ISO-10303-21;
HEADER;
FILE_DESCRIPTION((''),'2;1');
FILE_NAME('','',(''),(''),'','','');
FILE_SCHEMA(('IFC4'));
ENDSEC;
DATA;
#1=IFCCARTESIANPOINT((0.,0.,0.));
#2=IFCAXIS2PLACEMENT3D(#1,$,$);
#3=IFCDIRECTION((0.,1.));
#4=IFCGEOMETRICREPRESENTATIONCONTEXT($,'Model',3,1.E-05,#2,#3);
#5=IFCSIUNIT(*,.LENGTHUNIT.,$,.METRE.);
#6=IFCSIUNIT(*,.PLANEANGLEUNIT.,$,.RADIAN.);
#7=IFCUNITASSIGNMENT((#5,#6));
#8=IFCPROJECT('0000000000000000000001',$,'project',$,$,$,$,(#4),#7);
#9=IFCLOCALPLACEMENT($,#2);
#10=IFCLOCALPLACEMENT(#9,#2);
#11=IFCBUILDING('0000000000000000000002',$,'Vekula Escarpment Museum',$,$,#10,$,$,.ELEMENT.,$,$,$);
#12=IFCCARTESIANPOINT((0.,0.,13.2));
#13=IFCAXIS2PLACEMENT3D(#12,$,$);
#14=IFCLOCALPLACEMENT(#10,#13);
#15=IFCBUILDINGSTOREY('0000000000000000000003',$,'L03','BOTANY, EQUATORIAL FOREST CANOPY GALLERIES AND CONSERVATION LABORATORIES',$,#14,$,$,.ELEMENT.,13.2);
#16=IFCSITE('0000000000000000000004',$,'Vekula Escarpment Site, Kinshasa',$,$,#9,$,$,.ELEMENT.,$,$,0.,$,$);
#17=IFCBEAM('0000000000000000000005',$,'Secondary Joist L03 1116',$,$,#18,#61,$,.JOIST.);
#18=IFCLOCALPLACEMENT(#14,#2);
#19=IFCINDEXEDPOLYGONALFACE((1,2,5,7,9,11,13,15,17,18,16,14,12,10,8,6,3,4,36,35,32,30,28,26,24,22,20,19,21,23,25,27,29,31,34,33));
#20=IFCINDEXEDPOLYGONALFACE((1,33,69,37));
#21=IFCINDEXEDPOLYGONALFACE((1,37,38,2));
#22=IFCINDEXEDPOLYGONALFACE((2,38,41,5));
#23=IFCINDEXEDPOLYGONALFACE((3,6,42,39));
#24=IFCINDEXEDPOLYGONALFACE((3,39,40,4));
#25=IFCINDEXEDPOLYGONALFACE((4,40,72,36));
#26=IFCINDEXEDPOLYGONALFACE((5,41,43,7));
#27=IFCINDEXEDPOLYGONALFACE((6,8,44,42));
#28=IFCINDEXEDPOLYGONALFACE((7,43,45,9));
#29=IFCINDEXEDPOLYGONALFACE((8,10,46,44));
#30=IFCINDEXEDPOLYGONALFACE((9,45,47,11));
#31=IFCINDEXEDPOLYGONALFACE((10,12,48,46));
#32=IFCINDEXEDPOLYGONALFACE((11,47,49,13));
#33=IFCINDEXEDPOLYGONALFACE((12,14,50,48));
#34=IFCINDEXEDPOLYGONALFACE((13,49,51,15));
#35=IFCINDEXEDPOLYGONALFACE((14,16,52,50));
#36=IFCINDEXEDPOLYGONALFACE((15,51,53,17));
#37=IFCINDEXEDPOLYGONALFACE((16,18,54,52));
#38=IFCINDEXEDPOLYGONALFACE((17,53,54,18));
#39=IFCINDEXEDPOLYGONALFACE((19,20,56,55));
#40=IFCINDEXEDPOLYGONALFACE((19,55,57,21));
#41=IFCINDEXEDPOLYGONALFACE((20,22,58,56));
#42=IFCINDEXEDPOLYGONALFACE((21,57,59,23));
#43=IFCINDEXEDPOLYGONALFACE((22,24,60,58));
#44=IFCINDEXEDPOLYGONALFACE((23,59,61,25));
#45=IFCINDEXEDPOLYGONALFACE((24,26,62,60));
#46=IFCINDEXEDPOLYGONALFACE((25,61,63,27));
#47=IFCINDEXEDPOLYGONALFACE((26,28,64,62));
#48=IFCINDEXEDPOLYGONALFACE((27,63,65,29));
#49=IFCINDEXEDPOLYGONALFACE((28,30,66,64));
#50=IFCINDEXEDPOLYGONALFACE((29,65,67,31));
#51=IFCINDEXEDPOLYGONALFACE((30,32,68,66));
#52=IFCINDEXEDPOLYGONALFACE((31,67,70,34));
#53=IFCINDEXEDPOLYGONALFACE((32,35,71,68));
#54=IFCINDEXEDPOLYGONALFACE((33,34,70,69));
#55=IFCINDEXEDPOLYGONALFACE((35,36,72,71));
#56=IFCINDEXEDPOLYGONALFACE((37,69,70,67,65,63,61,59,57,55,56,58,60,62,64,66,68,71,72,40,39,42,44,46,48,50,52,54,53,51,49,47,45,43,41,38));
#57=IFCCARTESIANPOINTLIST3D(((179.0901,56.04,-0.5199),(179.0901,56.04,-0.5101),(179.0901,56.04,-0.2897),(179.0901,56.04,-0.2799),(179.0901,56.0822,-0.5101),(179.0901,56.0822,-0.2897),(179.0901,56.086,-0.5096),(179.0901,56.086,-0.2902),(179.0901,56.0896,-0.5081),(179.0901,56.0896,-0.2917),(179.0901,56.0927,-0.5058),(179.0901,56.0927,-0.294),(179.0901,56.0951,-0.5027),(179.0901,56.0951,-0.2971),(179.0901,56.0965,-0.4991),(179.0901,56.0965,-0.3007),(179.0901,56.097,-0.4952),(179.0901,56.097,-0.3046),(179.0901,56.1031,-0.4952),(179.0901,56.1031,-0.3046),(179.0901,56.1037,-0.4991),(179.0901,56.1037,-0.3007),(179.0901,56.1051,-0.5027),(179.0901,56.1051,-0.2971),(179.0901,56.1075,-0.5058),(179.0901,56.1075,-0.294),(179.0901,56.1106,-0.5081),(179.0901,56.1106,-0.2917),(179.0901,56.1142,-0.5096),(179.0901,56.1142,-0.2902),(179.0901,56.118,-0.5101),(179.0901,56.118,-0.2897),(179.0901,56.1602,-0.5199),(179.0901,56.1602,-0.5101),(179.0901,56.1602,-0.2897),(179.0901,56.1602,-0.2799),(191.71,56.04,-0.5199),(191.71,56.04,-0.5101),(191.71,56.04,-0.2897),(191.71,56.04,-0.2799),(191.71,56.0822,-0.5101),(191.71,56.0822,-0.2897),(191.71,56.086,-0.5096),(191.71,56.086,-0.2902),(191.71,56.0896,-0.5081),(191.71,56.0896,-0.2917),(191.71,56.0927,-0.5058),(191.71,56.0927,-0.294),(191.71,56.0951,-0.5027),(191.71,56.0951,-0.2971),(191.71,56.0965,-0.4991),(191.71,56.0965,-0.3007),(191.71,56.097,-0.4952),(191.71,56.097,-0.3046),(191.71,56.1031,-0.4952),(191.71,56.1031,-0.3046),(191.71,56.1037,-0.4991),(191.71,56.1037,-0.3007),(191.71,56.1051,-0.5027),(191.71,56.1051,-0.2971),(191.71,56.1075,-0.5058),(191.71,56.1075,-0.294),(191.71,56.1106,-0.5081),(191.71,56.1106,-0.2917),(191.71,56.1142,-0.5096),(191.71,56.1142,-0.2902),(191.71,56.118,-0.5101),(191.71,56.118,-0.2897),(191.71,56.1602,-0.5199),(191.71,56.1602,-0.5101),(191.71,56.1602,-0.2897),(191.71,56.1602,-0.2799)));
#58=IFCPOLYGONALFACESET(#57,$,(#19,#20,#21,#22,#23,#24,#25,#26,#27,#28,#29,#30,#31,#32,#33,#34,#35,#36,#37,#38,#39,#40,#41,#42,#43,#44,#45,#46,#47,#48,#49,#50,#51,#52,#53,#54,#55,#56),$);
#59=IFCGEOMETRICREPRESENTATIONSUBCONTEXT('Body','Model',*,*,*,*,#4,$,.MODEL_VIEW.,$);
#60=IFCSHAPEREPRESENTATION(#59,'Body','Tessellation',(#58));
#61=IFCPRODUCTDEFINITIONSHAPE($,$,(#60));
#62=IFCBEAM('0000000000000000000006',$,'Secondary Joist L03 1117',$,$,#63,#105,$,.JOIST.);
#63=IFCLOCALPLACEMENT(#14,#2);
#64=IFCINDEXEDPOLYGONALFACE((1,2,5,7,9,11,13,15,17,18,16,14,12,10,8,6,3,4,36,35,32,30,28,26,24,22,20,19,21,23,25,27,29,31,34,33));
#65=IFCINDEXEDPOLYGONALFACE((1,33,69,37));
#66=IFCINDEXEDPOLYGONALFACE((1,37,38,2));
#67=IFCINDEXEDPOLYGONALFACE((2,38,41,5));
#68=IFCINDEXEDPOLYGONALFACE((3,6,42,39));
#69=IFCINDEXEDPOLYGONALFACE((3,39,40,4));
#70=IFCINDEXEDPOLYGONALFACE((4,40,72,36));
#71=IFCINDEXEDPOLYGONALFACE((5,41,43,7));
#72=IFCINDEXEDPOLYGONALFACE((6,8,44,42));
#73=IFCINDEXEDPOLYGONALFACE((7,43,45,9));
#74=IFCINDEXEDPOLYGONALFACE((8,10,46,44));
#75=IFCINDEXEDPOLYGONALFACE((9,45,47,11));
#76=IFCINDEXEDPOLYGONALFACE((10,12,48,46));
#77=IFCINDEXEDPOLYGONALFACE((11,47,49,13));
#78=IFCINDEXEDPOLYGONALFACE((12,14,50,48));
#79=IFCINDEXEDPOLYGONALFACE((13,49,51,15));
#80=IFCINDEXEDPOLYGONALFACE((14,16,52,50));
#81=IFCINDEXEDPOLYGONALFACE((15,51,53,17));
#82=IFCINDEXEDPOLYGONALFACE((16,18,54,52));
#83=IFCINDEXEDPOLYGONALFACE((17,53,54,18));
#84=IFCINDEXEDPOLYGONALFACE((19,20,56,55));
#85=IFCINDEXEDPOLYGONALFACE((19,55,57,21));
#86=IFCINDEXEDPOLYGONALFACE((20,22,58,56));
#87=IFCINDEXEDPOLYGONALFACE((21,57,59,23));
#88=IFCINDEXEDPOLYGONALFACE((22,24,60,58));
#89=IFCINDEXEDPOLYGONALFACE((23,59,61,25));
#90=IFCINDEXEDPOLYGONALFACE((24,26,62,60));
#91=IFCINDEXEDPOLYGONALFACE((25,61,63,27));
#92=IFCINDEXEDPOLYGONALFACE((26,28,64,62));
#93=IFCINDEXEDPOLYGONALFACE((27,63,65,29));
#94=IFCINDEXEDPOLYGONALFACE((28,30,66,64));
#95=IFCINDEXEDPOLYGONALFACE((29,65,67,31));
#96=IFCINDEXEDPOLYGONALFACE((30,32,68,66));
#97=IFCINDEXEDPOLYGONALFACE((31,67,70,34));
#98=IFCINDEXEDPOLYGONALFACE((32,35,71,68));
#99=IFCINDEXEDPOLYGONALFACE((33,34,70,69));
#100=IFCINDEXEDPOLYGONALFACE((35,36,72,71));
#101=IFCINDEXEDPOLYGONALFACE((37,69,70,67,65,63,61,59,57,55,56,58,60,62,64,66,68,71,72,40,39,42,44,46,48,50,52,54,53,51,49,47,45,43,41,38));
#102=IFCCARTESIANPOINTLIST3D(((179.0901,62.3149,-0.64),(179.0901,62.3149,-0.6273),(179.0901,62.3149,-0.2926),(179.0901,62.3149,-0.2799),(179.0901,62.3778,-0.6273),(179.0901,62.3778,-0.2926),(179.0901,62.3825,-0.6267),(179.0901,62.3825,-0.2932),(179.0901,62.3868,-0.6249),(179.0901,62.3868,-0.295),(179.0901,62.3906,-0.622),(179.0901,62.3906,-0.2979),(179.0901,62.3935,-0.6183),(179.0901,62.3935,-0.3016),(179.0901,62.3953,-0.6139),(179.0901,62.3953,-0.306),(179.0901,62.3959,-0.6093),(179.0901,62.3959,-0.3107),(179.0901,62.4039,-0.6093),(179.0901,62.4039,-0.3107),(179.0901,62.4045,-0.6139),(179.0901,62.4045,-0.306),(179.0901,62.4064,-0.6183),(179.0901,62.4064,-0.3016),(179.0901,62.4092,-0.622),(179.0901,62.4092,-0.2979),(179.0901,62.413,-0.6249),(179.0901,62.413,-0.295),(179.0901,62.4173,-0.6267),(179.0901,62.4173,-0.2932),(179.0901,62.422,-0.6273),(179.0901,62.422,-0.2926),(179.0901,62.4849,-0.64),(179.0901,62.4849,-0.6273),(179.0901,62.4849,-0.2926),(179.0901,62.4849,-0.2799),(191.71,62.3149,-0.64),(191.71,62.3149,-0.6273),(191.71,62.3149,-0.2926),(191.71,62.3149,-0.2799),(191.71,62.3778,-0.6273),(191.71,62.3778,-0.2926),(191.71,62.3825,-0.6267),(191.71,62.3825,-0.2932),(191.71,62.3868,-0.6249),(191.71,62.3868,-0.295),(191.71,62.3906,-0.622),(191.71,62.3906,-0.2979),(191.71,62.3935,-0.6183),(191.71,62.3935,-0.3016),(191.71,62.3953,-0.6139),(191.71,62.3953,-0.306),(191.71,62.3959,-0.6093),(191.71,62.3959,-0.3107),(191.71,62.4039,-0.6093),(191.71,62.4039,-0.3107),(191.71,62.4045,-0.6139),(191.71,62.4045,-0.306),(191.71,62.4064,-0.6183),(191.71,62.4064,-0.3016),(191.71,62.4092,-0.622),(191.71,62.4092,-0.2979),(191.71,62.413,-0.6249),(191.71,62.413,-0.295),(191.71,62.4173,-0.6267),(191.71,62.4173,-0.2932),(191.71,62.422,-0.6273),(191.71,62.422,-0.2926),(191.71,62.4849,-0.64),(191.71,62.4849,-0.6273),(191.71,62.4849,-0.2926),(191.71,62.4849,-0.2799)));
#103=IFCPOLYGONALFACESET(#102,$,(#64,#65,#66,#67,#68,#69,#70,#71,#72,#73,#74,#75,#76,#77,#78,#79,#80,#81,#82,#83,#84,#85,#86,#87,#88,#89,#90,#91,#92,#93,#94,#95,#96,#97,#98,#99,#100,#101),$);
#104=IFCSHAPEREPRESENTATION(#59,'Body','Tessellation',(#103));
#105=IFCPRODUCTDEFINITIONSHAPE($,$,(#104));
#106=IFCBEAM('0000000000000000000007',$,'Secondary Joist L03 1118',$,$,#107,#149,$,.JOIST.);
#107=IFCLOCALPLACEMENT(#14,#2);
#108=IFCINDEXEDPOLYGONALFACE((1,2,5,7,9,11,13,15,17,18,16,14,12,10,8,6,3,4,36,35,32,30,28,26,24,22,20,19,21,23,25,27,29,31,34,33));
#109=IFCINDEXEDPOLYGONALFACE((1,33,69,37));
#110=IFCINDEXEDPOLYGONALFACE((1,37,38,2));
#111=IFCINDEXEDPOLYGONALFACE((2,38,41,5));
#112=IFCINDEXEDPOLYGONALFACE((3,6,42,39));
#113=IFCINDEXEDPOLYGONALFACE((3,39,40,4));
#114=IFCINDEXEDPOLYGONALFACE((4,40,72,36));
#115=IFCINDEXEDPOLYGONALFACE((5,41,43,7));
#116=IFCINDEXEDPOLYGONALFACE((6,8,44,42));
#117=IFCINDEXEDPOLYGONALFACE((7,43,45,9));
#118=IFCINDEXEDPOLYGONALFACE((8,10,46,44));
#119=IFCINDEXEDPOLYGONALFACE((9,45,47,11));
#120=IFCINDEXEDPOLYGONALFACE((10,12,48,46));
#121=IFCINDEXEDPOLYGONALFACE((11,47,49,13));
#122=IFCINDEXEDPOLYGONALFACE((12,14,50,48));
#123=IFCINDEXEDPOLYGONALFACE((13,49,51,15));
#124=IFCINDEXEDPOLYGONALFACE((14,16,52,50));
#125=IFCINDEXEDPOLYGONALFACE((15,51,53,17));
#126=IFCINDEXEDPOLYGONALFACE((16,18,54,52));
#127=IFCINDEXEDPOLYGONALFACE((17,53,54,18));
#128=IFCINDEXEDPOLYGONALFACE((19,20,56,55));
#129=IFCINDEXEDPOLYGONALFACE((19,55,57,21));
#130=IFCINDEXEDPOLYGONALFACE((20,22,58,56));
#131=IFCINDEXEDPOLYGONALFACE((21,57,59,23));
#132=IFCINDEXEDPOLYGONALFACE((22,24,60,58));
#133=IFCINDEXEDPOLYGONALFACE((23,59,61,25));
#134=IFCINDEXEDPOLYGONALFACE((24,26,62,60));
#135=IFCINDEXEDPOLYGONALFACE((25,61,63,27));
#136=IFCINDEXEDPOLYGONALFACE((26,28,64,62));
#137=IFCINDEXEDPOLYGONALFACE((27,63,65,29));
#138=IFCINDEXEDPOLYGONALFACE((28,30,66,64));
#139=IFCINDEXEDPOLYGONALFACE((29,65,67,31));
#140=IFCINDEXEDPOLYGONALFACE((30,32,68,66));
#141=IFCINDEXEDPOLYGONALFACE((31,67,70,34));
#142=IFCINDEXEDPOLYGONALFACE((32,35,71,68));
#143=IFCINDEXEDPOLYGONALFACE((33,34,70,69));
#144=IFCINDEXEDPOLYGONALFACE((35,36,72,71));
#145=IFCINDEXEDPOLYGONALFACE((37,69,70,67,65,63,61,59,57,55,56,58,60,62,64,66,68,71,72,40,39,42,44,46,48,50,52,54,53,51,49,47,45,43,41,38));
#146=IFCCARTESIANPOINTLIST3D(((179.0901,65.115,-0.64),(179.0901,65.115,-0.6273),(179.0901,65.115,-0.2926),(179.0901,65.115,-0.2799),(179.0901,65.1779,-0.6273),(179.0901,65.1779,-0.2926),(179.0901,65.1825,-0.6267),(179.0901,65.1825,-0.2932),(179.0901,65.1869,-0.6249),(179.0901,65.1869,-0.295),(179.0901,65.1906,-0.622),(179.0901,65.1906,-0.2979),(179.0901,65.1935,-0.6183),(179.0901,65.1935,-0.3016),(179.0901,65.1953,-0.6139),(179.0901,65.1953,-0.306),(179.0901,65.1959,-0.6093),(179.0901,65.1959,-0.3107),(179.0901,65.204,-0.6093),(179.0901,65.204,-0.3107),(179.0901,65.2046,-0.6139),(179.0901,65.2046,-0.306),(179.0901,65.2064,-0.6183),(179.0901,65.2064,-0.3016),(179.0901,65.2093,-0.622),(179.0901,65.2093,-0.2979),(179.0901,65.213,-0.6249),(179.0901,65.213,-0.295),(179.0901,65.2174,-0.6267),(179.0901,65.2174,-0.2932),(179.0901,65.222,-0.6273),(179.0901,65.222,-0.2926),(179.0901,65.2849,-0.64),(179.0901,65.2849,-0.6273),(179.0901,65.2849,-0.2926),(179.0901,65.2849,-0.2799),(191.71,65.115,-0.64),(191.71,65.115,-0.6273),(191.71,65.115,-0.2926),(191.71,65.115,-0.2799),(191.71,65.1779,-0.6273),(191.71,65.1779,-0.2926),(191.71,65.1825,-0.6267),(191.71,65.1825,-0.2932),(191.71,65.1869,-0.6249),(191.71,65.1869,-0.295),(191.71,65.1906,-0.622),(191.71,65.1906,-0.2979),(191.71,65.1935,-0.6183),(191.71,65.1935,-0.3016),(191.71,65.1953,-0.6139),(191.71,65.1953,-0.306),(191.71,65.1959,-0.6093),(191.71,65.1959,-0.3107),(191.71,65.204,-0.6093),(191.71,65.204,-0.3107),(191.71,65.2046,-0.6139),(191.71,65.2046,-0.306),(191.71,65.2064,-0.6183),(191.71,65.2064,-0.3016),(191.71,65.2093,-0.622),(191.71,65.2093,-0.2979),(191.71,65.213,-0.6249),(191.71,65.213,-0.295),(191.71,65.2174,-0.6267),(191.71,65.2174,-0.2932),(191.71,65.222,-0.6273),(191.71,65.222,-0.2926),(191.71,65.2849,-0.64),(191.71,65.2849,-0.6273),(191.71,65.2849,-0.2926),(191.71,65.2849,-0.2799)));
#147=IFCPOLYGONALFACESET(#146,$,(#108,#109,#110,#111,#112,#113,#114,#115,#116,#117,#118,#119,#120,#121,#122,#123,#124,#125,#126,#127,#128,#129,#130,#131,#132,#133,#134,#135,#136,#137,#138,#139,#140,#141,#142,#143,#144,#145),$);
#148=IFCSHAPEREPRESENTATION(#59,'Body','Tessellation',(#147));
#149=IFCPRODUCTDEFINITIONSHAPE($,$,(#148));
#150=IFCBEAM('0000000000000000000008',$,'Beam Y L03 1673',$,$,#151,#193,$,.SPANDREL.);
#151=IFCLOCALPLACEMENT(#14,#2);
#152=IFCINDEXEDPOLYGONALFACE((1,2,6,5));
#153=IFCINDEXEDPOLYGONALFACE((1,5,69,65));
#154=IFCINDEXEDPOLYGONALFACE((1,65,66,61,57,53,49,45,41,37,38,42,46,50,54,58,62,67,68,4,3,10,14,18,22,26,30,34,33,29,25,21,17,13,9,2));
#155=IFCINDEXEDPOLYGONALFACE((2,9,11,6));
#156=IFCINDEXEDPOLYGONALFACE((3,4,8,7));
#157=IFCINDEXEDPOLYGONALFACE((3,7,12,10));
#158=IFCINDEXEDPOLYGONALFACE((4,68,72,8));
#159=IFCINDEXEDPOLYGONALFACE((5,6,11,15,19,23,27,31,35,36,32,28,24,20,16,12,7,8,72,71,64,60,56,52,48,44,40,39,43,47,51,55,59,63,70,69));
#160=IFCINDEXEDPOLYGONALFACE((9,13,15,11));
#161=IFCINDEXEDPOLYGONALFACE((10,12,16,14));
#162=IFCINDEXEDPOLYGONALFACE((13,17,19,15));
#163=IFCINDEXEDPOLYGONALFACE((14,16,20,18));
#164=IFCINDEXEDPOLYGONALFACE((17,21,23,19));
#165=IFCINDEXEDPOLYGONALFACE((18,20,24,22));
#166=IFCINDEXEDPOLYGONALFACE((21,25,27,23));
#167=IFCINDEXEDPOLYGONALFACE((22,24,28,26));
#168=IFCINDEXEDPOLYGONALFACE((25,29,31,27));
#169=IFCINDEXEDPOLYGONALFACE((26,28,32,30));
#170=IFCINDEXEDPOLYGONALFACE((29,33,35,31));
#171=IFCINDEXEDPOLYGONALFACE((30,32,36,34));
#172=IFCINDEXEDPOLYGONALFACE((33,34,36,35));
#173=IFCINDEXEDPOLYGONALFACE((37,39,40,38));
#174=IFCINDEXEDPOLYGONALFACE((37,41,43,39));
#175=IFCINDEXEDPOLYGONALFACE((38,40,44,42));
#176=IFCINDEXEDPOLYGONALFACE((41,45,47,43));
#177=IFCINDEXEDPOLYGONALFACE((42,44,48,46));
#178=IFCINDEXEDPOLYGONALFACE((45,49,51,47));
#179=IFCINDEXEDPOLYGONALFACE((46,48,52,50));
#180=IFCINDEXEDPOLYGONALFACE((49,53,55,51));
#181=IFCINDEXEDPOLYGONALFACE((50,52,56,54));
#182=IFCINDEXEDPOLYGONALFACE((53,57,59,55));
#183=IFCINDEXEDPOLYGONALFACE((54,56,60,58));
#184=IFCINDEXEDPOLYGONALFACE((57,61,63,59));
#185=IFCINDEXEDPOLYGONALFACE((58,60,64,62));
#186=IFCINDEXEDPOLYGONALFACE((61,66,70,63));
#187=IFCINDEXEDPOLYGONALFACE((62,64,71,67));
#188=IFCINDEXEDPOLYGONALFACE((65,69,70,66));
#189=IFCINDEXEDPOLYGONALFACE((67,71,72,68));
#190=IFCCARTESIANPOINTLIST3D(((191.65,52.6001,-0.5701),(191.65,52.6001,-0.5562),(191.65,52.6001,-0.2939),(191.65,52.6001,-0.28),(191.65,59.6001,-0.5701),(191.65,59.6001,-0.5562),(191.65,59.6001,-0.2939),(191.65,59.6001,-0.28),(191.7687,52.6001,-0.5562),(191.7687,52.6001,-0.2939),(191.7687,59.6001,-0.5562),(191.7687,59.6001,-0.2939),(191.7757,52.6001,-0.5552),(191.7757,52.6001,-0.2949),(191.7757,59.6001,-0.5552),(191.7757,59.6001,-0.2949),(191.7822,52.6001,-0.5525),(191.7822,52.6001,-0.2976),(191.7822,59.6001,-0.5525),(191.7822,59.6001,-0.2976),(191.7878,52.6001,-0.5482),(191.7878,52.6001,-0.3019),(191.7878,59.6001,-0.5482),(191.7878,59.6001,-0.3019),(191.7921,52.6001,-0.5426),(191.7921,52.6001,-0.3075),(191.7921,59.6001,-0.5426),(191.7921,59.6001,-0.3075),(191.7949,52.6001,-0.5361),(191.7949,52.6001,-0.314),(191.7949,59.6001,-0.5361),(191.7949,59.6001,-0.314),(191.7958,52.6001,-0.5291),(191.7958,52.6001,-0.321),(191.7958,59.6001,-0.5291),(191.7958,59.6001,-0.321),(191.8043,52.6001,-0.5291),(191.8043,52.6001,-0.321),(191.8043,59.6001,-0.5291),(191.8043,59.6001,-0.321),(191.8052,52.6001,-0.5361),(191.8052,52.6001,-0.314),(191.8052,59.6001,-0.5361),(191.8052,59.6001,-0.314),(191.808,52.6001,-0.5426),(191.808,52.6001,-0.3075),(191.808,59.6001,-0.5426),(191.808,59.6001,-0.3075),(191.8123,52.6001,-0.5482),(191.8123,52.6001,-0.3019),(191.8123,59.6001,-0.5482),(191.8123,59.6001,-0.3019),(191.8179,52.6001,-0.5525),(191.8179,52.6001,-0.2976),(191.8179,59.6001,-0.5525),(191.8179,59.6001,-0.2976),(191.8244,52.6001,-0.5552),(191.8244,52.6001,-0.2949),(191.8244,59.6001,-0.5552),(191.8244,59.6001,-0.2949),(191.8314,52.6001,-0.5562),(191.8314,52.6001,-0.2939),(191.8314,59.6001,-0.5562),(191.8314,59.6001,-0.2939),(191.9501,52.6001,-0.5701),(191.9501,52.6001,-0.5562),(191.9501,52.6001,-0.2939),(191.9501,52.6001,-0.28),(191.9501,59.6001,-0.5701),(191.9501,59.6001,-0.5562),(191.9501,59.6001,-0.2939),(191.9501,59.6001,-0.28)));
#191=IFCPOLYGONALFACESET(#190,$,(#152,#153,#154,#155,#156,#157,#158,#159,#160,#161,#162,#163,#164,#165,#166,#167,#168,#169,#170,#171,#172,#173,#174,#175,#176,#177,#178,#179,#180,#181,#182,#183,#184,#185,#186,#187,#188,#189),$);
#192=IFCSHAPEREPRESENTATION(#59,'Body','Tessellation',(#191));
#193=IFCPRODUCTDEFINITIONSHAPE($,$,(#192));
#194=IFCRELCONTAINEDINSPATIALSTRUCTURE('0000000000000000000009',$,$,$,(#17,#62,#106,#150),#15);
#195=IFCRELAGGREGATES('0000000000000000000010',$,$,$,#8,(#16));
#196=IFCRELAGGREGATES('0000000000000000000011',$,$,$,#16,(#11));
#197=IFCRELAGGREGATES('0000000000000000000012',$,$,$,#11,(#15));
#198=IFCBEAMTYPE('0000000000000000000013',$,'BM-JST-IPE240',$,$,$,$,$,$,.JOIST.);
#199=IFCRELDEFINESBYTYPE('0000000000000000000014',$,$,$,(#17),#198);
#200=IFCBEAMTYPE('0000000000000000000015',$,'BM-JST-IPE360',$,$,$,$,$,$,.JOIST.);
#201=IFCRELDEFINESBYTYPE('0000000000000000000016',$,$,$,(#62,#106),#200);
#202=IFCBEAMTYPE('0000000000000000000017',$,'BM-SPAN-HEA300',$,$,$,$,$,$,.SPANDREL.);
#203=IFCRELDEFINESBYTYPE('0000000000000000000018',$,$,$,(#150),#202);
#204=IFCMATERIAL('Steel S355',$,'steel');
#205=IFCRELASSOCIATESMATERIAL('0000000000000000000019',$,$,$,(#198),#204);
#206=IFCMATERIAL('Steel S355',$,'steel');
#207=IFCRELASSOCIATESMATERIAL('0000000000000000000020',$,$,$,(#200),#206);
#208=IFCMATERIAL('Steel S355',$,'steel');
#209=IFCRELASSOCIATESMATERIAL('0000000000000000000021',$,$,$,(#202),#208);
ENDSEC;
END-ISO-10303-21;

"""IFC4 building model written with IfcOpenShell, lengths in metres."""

from ifc_helpers import new_model, si_unit, direction, frame, origin, origin_2d, place, context, subcontext, project, spatial, i_section, extrude, material, material_profile, profile_set, type_object, element, save


model = new_model("IFC4")

# Units and contexts
model_context = context("Model", 3, precision=1e-05, world=origin(), true_north=direction((0.0, 1.0)))
body_context = subcontext(model_context, "Body", "Model", "MODEL_VIEW")
ifc_project = project(units=[si_unit("LENGTHUNIT", "METRE"), si_unit("PLANEANGLEUNIT", "RADIAN")], contexts=[model_context])

# Site, building, storey
site_placement = place(None, origin())
site = spatial("IfcSite", under=ifc_project, at=site_placement, Name="Vekula Escarpment Site, Kinshasa", CompositionType="ELEMENT", RefElevation=0.0)
building_placement = place(site_placement, origin())
building = spatial("IfcBuilding", under=site, at=building_placement, Name="Vekula Escarpment Museum", CompositionType="ELEMENT")
storey_placement = place(building_placement, frame((0.0, 0.0, 13.2)))
storey = spatial("IfcBuildingStorey", under=building, at=storey_placement, Name="L03", Description="BOTANY, EQUATORIAL FOREST CANOPY GALLERIES AND CONSERVATION LABORATORIES", CompositionType="ELEMENT", Elevation=13.2)

# Beams
ifc_material_1 = material(Name="Steel S355", Category="steel")
ifc_material_profile_1 = material_profile(ifc_material_1, i_section(OverallWidth=0.1201, OverallDepth=0.24, WebThickness=0.0061, FlangeThickness=0.0098, FilletRadius=0.0149, at=origin_2d()), Name="IPE 240")
ifc_profile_set_1 = profile_set([ifc_material_profile_1], Name="Steel S355")
beam_type_1 = type_object("IfcBeamType", Name="BM-JST-IPE240", PredefinedType="JOIST", material=ifc_profile_set_1)
beam_1_placement = place(storey_placement, frame((179.0901, 56.1001, -0.3999), z_axis=(1.0, 0.0, 0.0), x_axis=(0.0, 1.0, 0.0)))
element("IfcBeam", 1, at=beam_1_placement, inside=storey, type_object=beam_type_1, Name="Secondary Joist L03 1116", PredefinedType="JOIST", context=body_context, shape_type="SweptSolid", body=[
    extrude(i_section(OverallWidth=0.1201, OverallDepth=0.24, WebThickness=0.0061, FlangeThickness=0.0098, FilletRadius=0.0149, at=origin_2d()), origin(), (0.0, 0.0, 1.0), 12.6199),
])
ifc_material_2 = material(Name="Steel S355", Category="steel")
ifc_material_profile_2 = material_profile(ifc_material_2, i_section(OverallWidth=0.1699, OverallDepth=0.3601, WebThickness=0.0081, FlangeThickness=0.0127, FilletRadius=0.0181, at=origin_2d()), Name="IPE 360")
ifc_profile_set_2 = profile_set([ifc_material_profile_2], Name="Steel S355")
beam_type_2 = type_object("IfcBeamType", Name="BM-JST-IPE360", PredefinedType="JOIST", material=ifc_profile_set_2)
for number, where, z_axis, x_axis, name in (
    (2, (179.0901, 62.3999, -0.46), (1.0, 0.0, 0.0), (0.0, 1.0, 0.0), "Secondary Joist L03 1117"),
    (3, (179.0901, 65.2, -0.46), (1.0, 0.0, 0.0), (0.0, 1.0, 0.0), "Secondary Joist L03 1118"),
):
    element("IfcBeam", number, at=place(storey_placement, frame(where, z_axis=z_axis, x_axis=x_axis)), inside=storey, type_object=beam_type_2, Name=name, PredefinedType="JOIST", context=body_context, shape_type="SweptSolid", body=[
        extrude(i_section(OverallWidth=0.1699, OverallDepth=0.3601, WebThickness=0.0081, FlangeThickness=0.0127, FilletRadius=0.0181, at=origin_2d()), origin(), (0.0, 0.0, 1.0), 12.6199),
    ])
ifc_material_3 = material(Name="Steel S355", Category="steel")
ifc_material_profile_3 = material_profile(ifc_material_3, i_section(OverallWidth=0.3, OverallDepth=0.29, WebThickness=0.0085, FlangeThickness=0.0139, FilletRadius=0.0271, at=origin_2d()), Name="HEA 300")
ifc_profile_set_3 = profile_set([ifc_material_profile_3], Name="Steel S355")
beam_type_3 = type_object("IfcBeamType", Name="BM-SPAN-HEA300", PredefinedType="SPANDREL", material=ifc_profile_set_3)
beam_2_placement = place(storey_placement, frame((191.8, 52.6001, -0.425), z_axis=(0.0, 1.0, 0.0), x_axis=(-1.0, 0.0, 0.0)))
element("IfcBeam", 4, at=beam_2_placement, inside=storey, type_object=beam_type_3, Name="Beam Y L03 1673", PredefinedType="SPANDREL", context=body_context, shape_type="SweptSolid", body=[
    extrude(i_section(OverallWidth=0.3, OverallDepth=0.29, WebThickness=0.0085, FlangeThickness=0.0139, FilletRadius=0.0271, at=origin_2d()), origin(), (0.0, 0.0, 1.0), 7.0),
])

save(model, "model.ifc")
